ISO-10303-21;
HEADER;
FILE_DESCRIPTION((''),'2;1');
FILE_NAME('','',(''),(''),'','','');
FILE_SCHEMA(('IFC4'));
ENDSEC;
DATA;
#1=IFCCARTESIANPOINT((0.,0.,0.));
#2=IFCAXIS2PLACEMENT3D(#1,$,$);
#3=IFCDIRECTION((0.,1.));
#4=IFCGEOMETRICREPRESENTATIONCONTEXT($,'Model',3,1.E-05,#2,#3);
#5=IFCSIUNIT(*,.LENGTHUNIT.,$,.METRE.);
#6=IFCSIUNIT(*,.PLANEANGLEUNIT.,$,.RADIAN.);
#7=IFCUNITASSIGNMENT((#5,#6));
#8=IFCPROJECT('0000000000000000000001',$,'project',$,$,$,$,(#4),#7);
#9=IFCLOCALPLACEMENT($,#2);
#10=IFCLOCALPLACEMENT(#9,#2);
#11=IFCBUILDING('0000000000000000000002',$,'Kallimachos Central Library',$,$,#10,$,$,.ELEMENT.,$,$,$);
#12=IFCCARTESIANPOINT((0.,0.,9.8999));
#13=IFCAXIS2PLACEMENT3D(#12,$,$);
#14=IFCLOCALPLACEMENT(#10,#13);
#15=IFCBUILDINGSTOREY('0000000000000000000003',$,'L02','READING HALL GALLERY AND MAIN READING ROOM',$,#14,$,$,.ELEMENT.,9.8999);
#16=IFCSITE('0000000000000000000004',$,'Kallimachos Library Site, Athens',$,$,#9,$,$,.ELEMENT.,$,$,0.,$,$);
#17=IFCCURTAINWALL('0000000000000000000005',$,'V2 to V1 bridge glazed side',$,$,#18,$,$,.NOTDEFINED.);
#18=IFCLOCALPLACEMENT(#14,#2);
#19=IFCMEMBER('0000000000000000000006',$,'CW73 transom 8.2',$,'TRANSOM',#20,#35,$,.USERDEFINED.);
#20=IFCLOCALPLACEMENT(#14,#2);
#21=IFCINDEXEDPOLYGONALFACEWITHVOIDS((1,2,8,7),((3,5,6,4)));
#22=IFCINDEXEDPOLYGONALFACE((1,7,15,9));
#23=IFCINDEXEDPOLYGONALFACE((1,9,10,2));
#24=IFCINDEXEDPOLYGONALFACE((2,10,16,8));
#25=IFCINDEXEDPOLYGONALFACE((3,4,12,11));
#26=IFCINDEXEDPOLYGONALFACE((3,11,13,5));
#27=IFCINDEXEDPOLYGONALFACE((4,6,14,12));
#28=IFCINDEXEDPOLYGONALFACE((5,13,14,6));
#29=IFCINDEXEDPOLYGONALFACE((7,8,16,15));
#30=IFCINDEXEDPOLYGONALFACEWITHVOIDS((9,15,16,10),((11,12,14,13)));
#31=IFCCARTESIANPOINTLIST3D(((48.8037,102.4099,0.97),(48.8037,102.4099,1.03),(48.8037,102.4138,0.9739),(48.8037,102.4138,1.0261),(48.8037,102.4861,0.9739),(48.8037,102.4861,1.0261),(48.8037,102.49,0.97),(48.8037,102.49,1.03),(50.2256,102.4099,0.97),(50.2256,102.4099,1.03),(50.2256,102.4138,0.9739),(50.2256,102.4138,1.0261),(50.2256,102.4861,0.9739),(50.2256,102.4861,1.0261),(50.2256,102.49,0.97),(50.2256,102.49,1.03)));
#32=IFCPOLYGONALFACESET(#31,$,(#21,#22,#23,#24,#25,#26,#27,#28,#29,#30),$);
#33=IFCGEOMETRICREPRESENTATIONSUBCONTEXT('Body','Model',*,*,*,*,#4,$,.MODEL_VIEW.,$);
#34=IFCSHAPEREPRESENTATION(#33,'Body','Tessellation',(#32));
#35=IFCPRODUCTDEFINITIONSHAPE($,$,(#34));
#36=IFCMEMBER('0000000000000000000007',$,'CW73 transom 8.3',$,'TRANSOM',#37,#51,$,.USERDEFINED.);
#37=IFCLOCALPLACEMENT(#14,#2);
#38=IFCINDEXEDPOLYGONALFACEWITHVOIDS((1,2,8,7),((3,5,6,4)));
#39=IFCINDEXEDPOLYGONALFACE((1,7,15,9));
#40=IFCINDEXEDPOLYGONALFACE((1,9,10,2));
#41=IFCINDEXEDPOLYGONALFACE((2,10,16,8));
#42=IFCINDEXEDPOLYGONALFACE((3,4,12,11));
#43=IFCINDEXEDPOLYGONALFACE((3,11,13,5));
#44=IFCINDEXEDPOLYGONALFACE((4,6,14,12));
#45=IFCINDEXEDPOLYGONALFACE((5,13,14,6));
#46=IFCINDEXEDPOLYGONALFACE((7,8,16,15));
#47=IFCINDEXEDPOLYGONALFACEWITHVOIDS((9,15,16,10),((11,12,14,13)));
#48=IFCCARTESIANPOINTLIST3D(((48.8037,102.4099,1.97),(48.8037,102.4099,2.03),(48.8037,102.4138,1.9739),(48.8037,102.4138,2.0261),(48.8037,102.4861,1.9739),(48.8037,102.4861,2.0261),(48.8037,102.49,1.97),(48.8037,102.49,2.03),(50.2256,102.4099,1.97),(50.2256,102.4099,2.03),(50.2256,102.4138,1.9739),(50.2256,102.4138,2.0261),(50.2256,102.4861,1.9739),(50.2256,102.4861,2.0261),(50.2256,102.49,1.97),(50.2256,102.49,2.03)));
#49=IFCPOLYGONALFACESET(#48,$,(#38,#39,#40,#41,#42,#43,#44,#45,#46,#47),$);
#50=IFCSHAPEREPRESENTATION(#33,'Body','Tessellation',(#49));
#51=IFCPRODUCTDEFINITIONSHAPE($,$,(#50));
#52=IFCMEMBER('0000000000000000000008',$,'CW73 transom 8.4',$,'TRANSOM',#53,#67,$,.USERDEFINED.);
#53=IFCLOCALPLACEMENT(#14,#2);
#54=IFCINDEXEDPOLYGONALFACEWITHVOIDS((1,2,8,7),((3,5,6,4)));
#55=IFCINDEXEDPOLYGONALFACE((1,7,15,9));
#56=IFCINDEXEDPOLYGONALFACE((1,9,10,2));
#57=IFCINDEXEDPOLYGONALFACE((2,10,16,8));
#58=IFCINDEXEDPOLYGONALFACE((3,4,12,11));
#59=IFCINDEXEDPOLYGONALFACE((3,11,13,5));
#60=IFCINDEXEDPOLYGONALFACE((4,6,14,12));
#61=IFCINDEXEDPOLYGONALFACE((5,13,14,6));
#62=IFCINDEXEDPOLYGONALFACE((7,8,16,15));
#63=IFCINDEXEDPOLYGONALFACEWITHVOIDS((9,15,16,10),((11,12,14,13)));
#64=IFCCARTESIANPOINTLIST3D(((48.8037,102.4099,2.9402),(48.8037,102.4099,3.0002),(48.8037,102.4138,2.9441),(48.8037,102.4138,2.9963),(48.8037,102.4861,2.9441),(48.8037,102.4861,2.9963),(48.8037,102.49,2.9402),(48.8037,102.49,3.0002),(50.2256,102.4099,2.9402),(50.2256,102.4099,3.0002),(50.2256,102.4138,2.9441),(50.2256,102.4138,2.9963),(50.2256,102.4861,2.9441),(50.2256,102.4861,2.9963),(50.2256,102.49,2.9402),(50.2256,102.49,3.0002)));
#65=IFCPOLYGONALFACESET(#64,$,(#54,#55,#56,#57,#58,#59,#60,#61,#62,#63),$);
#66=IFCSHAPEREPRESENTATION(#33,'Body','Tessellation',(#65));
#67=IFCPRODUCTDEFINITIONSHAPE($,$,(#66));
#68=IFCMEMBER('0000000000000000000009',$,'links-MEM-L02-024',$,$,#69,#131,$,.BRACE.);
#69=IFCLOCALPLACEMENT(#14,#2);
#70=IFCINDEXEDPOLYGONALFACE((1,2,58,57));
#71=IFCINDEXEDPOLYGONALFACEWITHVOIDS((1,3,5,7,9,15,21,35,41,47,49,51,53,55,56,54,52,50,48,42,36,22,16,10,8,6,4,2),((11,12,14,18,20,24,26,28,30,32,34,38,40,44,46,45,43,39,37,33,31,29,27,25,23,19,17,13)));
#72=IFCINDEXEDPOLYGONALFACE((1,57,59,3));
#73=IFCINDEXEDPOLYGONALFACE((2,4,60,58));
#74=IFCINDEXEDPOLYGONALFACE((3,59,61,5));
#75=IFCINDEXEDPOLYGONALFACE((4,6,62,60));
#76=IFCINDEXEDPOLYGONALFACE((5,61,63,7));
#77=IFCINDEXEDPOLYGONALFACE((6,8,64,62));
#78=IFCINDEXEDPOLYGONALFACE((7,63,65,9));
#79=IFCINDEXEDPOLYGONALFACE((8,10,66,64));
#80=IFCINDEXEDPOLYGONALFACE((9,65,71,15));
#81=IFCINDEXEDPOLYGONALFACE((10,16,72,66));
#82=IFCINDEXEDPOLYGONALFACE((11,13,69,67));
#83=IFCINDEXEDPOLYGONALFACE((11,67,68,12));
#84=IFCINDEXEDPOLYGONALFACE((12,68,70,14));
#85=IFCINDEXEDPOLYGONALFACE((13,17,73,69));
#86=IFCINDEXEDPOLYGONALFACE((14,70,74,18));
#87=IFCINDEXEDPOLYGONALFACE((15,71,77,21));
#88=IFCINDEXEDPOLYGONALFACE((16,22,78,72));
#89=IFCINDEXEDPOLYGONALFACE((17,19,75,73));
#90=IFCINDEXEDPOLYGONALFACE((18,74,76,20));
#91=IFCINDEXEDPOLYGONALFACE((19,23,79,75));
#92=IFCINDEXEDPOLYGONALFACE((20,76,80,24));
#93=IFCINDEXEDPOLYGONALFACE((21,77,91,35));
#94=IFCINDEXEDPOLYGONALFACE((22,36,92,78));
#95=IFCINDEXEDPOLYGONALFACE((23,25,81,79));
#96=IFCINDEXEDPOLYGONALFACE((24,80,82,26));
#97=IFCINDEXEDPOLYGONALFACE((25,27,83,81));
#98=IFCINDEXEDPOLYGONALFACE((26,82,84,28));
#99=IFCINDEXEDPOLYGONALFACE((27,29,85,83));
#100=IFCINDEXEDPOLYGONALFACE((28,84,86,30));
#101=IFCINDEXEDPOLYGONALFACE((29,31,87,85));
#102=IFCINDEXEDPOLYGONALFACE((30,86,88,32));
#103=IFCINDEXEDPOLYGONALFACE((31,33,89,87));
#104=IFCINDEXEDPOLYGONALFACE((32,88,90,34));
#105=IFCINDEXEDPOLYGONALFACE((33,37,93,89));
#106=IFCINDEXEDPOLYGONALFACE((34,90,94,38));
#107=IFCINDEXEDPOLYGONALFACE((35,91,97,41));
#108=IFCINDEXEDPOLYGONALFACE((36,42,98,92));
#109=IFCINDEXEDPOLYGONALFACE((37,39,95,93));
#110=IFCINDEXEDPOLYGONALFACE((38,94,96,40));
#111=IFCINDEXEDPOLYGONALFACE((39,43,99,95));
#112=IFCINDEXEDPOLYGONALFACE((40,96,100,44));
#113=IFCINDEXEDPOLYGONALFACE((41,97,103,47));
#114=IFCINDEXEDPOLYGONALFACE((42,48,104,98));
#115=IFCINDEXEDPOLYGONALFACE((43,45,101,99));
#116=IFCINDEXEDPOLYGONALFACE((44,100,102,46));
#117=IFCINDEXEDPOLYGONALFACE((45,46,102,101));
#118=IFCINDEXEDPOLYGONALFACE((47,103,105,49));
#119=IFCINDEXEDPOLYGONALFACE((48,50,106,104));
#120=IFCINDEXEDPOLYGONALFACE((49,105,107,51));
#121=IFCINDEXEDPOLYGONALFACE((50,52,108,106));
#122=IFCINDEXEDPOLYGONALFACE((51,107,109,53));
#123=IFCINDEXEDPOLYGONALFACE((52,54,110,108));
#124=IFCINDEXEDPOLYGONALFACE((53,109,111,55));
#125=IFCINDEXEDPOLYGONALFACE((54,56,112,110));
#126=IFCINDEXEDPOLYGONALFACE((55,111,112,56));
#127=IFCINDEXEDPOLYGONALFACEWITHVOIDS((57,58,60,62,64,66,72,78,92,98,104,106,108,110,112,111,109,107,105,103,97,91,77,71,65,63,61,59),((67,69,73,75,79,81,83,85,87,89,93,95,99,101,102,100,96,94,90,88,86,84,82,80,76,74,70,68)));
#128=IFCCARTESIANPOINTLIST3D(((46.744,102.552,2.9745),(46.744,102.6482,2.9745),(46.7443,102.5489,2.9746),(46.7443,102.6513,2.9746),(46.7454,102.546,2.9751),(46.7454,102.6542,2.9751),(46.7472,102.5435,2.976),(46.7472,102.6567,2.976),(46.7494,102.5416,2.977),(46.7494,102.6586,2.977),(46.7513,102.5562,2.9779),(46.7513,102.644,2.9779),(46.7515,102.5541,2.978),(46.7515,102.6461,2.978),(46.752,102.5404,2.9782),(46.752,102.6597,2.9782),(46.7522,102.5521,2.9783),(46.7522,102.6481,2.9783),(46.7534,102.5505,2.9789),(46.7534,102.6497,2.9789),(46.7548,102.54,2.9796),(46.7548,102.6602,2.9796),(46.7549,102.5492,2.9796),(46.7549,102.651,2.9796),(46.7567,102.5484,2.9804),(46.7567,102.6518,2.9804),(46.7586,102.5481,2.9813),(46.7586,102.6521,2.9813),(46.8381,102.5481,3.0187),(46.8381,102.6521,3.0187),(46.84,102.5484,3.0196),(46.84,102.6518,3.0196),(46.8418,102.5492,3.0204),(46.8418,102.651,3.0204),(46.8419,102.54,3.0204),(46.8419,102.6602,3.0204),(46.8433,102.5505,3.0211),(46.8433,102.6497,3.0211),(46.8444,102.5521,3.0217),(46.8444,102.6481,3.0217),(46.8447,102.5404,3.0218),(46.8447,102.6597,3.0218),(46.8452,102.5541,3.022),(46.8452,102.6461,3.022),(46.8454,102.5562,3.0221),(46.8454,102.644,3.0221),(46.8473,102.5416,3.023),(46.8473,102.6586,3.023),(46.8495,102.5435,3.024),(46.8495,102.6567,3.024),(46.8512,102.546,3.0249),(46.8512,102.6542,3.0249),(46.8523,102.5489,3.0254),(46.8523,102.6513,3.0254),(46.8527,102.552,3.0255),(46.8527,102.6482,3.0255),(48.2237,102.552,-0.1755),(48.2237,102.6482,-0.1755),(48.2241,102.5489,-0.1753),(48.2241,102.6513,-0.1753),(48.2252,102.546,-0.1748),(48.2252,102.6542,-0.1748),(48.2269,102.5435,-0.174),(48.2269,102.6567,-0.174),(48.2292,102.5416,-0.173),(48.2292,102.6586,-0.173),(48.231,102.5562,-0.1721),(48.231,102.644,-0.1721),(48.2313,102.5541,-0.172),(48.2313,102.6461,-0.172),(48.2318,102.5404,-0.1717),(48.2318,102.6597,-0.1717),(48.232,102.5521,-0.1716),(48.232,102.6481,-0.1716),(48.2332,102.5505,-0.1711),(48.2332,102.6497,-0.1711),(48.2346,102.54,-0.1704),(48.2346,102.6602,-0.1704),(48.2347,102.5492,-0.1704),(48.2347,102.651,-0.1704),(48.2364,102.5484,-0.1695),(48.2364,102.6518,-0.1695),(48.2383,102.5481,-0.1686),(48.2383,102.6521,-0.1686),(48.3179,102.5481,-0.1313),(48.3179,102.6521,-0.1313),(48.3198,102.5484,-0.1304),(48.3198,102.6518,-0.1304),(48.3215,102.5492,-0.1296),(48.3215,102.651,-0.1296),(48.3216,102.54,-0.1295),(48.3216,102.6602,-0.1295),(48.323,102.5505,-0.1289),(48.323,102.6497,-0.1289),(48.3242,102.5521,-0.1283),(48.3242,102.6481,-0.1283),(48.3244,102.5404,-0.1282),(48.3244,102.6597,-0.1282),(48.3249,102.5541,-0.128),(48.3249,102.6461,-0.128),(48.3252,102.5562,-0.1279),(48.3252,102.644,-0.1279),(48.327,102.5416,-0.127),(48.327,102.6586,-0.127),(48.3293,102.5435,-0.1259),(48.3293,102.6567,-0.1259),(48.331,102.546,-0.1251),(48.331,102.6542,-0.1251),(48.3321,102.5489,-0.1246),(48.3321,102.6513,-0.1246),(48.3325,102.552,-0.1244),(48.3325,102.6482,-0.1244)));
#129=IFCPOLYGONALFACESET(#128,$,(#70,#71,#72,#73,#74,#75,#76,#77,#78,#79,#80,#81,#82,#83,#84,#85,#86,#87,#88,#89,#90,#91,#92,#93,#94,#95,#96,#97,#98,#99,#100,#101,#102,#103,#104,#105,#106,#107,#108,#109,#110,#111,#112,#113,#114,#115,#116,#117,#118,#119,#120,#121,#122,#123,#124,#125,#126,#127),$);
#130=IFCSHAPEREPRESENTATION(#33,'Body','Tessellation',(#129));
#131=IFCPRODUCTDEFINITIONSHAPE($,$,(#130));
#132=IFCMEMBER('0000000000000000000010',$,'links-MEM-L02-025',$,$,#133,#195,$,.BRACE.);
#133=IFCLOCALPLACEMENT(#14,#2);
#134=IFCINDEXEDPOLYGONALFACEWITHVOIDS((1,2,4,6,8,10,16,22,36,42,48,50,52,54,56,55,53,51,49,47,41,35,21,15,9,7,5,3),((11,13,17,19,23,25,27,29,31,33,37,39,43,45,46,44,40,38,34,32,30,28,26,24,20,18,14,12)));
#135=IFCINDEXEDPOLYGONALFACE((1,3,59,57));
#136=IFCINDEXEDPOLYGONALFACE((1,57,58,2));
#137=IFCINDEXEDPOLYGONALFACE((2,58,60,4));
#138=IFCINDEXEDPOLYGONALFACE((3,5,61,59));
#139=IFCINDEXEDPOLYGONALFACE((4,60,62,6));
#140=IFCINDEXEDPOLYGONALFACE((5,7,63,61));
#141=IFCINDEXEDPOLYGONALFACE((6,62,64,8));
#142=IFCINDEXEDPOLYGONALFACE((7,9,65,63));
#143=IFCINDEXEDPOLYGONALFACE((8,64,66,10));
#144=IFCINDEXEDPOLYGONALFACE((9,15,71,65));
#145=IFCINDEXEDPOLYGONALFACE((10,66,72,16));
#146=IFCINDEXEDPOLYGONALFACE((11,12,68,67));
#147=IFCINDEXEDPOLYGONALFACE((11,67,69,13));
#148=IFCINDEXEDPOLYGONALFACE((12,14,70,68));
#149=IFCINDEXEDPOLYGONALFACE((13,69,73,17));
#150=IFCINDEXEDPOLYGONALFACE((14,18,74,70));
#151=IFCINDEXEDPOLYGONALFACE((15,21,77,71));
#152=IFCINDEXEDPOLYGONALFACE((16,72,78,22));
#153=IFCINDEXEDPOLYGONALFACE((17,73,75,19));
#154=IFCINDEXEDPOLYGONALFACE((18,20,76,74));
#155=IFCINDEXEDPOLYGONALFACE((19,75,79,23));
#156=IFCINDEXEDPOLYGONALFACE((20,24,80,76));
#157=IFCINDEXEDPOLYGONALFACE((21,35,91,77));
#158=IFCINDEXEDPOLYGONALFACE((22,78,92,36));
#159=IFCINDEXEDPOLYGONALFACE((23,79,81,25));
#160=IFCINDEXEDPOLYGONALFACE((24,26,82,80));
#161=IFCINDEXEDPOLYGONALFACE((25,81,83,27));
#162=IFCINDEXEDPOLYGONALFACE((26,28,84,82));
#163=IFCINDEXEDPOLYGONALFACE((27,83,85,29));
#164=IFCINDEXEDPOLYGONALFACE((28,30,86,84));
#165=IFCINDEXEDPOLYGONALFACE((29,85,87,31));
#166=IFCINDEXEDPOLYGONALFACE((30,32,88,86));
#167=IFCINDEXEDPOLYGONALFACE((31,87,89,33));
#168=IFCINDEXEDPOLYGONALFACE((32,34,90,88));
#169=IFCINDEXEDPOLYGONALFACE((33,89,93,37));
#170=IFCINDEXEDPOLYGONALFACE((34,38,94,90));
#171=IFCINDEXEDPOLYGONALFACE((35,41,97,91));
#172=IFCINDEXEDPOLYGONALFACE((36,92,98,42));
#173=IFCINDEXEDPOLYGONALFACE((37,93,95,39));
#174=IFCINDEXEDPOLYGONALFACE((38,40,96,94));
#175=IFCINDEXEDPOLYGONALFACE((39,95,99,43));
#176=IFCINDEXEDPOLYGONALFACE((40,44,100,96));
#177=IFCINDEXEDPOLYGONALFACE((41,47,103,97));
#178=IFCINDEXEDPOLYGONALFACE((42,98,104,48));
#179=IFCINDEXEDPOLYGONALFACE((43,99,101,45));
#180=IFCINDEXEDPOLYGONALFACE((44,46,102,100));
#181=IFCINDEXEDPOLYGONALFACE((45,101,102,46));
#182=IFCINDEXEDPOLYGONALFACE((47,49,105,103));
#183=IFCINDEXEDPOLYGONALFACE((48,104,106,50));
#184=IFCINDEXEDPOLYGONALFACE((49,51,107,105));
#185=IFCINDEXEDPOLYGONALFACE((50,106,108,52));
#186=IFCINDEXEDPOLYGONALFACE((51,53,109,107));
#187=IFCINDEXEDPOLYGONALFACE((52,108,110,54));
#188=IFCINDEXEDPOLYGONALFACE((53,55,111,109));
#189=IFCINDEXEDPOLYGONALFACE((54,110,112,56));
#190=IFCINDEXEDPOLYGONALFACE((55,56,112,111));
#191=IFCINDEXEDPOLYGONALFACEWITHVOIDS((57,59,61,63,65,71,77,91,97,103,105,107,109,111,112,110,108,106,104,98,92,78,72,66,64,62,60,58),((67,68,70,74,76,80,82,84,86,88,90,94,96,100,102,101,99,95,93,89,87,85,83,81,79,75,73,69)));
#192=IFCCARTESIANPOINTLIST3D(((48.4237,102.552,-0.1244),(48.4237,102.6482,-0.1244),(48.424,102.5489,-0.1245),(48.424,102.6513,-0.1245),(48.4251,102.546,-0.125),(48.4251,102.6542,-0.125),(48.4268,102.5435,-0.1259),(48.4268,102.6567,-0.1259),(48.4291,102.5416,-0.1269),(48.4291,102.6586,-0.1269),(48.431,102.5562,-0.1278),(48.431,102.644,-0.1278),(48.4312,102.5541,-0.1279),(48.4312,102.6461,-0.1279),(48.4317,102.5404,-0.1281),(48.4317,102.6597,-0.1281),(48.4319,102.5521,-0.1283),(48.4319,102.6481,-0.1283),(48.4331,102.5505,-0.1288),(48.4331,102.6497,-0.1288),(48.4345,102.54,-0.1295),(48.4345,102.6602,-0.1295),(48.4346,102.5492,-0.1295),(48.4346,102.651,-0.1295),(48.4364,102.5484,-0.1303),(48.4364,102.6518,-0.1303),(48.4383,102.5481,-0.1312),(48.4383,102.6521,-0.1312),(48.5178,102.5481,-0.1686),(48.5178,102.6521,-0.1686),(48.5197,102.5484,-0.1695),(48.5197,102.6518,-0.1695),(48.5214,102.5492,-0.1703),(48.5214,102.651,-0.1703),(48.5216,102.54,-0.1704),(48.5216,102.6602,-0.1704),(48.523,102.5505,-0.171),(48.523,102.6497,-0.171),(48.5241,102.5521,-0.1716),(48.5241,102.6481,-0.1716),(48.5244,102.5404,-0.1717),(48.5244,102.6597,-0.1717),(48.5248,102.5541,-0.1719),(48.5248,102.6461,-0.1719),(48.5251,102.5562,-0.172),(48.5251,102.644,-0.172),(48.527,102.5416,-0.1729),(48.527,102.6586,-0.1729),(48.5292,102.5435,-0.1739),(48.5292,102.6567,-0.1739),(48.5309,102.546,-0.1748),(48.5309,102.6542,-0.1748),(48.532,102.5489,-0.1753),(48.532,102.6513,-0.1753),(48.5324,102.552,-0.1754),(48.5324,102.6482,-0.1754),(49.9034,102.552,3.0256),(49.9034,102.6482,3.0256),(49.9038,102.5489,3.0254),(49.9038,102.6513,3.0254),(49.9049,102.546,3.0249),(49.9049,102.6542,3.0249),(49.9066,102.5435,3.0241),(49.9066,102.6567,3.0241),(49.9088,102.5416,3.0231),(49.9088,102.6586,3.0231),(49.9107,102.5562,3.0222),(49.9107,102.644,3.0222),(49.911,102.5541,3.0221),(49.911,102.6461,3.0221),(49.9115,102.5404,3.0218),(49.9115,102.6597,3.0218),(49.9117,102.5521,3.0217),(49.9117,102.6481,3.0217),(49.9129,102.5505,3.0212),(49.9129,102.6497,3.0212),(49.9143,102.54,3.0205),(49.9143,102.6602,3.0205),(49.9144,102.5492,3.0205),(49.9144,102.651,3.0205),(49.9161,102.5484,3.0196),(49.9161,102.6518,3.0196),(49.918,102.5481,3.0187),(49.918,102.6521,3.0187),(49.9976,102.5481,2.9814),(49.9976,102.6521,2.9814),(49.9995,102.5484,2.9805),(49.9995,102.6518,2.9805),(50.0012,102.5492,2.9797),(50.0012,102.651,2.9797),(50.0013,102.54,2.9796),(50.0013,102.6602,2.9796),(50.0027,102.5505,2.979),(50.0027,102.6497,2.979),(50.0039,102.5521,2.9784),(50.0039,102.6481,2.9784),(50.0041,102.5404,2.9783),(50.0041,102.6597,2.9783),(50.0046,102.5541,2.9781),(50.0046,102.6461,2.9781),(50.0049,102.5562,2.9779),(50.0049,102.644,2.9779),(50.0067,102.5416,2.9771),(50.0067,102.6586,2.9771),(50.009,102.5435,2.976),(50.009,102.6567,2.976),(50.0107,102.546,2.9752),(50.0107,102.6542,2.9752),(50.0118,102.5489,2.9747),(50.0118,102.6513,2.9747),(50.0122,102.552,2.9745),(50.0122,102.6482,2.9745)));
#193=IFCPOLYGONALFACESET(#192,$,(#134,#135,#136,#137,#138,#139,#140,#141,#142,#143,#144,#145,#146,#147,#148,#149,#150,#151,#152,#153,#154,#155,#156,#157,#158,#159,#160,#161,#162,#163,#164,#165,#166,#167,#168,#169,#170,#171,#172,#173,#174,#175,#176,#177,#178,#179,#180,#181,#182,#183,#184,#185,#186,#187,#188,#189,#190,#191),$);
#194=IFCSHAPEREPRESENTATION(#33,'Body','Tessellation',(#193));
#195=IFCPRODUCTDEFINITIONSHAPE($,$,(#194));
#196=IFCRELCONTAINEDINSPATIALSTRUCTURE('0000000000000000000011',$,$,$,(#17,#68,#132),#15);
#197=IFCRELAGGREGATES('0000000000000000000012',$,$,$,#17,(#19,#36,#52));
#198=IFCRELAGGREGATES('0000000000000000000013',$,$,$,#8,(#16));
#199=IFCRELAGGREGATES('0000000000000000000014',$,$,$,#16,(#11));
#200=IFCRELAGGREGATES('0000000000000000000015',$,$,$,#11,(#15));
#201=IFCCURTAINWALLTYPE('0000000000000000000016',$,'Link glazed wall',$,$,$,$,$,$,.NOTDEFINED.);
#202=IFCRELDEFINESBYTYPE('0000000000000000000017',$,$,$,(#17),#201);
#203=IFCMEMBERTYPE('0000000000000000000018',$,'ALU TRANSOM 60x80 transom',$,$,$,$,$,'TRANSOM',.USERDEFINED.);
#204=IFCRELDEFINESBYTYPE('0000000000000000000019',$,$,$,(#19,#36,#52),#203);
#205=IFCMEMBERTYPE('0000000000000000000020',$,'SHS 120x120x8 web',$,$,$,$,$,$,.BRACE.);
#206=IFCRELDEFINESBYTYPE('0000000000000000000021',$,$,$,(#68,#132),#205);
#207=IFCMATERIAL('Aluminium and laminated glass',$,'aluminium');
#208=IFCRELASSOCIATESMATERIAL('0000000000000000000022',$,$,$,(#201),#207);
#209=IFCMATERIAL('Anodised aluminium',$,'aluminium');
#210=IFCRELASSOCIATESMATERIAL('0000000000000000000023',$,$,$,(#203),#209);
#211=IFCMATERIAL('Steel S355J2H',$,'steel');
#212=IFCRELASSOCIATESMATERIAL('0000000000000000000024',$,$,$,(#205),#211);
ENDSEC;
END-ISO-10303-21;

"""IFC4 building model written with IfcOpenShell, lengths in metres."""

from ifc_helpers import new_model, si_unit, direction, frame, origin, origin_2d, place, context, subcontext, project, spatial, hollow_rectangle, extrude, material, material_profile, profile_set, type_object, element, aggregate, save


model = new_model("IFC4")

# Units and contexts
model_context = context("Model", 3, precision=1e-05, world=origin(), true_north=direction((0.0, 1.0)))
body_context = subcontext(model_context, "Body", "Model", "MODEL_VIEW")
ifc_project = project(units=[si_unit("LENGTHUNIT", "METRE"), si_unit("PLANEANGLEUNIT", "RADIAN")], contexts=[model_context])

# Site, building, storey
site_placement = place(None, origin())
site = spatial("IfcSite", under=ifc_project, at=site_placement, Name="Kallimachos Library Site, Athens", CompositionType="ELEMENT", RefElevation=0.0)
building_placement = place(site_placement, origin())
building = spatial("IfcBuilding", under=site, at=building_placement, Name="Kallimachos Central Library", CompositionType="ELEMENT")
storey_placement = place(building_placement, frame((0.0, 0.0, 9.8999)))
storey = spatial("IfcBuildingStorey", under=building, at=storey_placement, Name="L02", Description="READING HALL GALLERY AND MAIN READING ROOM", CompositionType="ELEMENT", Elevation=9.8999)

# Curtain wall, members
ifc_material_1 = material(Name="Aluminium and laminated glass", Category="aluminium")
curtain_wall_type = type_object("IfcCurtainWallType", Name="Link glazed wall", PredefinedType="NOTDEFINED", material=ifc_material_1)
curtain_wall_placement = place(storey_placement, origin())
curtain_wall = element("IfcCurtainWall", 1, at=curtain_wall_placement, inside=storey, type_object=curtain_wall_type, Name="V2 to V1 bridge glazed side", PredefinedType="NOTDEFINED")
ifc_material_2 = material(Name="Anodised aluminium", Category="aluminium")
ifc_material_profile_1 = material_profile(ifc_material_2, hollow_rectangle(XDim=0.0601, YDim=0.0801, WallThickness=0.0039, at=origin_2d()), Name="ALU TRANSOM 60x80")
ifc_profile_set_1 = profile_set([ifc_material_profile_1], Name="Anodised aluminium")
member_type_1 = type_object("IfcMemberType", Name="ALU TRANSOM 60x80 transom", ElementType="TRANSOM", PredefinedType="USERDEFINED", material=ifc_profile_set_1)
member_1_placement = place(storey_placement, frame((48.8037, 102.45, 1.0), z_axis=(1.0, 0.0, 0.0), x_axis=(0.0, 0.0, 1.0)))
member_1 = element("IfcMember", 2, at=member_1_placement, type_object=member_type_1, Name="CW73 transom 8.2", ObjectType="TRANSOM", PredefinedType="USERDEFINED", context=body_context, shape_type="SweptSolid", body=[
    extrude(hollow_rectangle(XDim=0.0601, YDim=0.0801, WallThickness=0.0039, at=origin_2d()), origin(), (0.0, 0.0, 1.0), 1.4219),
])
member_2_placement = place(storey_placement, frame((48.8037, 102.45, 2.0), z_axis=(1.0, 0.0, 0.0), x_axis=(0.0, 0.0, 1.0)))
member_2 = element("IfcMember", 3, at=member_2_placement, type_object=member_type_1, Name="CW73 transom 8.3", ObjectType="TRANSOM", PredefinedType="USERDEFINED", context=body_context, shape_type="SweptSolid", body=[
    extrude(hollow_rectangle(XDim=0.0601, YDim=0.0801, WallThickness=0.0039, at=origin_2d()), origin(), (0.0, 0.0, 1.0), 1.4219),
])
member_3_placement = place(storey_placement, frame((48.8037, 102.45, 2.9702), z_axis=(1.0, 0.0, 0.0), x_axis=(0.0, 0.0, 1.0)))
member_3 = element("IfcMember", 4, at=member_3_placement, type_object=member_type_1, Name="CW73 transom 8.4", ObjectType="TRANSOM", PredefinedType="USERDEFINED", context=body_context, shape_type="SweptSolid", body=[
    extrude(hollow_rectangle(XDim=0.0601, YDim=0.0801, WallThickness=0.0039, at=origin_2d()), origin(), (0.0, 0.0, 1.0), 1.4219),
])

# Members
ifc_material_3 = material(Name="Steel S355J2H", Category="steel")
ifc_material_profile_2 = material_profile(ifc_material_3, hollow_rectangle(XDim=0.1201, YDim=0.1201, WallThickness=0.0081, InnerFilletRadius=0.0081, OuterFilletRadius=0.012, at=origin_2d()), Name="SHS 120x120x8")
ifc_profile_set_2 = profile_set([ifc_material_profile_2], Name="Steel S355J2H")
member_type_2 = type_object("IfcMemberType", Name="SHS 120x120x8 web", PredefinedType="BRACE", material=ifc_profile_set_2)
for number, where, z_axis, x_axis, name in (
    (5, (46.7983, 102.6001, 3.0), (0.425192, 0.0, -0.905103), (0.0, 1.0, 0.0), "links-MEM-L02-024"),
    (6, (48.478, 102.6001, -0.1499), (0.425192, 0.0, 0.905103), (0.0, 1.0, 0.0), "links-MEM-L02-025"),
):
    element("IfcMember", number, at=place(storey_placement, frame(where, z_axis=z_axis, x_axis=x_axis)), inside=storey, type_object=member_type_2, Name=name, PredefinedType="BRACE", context=body_context, shape_type="SweptSolid", body=[
        extrude(hollow_rectangle(XDim=0.1201, YDim=0.1201, WallThickness=0.0081, InnerFilletRadius=0.0081, OuterFilletRadius=0.012, at=origin_2d()), origin(), (0.0, 0.0, 1.0), 3.4802),
    ])

aggregate(curtain_wall, [member_1, member_2, member_3])

save(model, "model.ifc")
